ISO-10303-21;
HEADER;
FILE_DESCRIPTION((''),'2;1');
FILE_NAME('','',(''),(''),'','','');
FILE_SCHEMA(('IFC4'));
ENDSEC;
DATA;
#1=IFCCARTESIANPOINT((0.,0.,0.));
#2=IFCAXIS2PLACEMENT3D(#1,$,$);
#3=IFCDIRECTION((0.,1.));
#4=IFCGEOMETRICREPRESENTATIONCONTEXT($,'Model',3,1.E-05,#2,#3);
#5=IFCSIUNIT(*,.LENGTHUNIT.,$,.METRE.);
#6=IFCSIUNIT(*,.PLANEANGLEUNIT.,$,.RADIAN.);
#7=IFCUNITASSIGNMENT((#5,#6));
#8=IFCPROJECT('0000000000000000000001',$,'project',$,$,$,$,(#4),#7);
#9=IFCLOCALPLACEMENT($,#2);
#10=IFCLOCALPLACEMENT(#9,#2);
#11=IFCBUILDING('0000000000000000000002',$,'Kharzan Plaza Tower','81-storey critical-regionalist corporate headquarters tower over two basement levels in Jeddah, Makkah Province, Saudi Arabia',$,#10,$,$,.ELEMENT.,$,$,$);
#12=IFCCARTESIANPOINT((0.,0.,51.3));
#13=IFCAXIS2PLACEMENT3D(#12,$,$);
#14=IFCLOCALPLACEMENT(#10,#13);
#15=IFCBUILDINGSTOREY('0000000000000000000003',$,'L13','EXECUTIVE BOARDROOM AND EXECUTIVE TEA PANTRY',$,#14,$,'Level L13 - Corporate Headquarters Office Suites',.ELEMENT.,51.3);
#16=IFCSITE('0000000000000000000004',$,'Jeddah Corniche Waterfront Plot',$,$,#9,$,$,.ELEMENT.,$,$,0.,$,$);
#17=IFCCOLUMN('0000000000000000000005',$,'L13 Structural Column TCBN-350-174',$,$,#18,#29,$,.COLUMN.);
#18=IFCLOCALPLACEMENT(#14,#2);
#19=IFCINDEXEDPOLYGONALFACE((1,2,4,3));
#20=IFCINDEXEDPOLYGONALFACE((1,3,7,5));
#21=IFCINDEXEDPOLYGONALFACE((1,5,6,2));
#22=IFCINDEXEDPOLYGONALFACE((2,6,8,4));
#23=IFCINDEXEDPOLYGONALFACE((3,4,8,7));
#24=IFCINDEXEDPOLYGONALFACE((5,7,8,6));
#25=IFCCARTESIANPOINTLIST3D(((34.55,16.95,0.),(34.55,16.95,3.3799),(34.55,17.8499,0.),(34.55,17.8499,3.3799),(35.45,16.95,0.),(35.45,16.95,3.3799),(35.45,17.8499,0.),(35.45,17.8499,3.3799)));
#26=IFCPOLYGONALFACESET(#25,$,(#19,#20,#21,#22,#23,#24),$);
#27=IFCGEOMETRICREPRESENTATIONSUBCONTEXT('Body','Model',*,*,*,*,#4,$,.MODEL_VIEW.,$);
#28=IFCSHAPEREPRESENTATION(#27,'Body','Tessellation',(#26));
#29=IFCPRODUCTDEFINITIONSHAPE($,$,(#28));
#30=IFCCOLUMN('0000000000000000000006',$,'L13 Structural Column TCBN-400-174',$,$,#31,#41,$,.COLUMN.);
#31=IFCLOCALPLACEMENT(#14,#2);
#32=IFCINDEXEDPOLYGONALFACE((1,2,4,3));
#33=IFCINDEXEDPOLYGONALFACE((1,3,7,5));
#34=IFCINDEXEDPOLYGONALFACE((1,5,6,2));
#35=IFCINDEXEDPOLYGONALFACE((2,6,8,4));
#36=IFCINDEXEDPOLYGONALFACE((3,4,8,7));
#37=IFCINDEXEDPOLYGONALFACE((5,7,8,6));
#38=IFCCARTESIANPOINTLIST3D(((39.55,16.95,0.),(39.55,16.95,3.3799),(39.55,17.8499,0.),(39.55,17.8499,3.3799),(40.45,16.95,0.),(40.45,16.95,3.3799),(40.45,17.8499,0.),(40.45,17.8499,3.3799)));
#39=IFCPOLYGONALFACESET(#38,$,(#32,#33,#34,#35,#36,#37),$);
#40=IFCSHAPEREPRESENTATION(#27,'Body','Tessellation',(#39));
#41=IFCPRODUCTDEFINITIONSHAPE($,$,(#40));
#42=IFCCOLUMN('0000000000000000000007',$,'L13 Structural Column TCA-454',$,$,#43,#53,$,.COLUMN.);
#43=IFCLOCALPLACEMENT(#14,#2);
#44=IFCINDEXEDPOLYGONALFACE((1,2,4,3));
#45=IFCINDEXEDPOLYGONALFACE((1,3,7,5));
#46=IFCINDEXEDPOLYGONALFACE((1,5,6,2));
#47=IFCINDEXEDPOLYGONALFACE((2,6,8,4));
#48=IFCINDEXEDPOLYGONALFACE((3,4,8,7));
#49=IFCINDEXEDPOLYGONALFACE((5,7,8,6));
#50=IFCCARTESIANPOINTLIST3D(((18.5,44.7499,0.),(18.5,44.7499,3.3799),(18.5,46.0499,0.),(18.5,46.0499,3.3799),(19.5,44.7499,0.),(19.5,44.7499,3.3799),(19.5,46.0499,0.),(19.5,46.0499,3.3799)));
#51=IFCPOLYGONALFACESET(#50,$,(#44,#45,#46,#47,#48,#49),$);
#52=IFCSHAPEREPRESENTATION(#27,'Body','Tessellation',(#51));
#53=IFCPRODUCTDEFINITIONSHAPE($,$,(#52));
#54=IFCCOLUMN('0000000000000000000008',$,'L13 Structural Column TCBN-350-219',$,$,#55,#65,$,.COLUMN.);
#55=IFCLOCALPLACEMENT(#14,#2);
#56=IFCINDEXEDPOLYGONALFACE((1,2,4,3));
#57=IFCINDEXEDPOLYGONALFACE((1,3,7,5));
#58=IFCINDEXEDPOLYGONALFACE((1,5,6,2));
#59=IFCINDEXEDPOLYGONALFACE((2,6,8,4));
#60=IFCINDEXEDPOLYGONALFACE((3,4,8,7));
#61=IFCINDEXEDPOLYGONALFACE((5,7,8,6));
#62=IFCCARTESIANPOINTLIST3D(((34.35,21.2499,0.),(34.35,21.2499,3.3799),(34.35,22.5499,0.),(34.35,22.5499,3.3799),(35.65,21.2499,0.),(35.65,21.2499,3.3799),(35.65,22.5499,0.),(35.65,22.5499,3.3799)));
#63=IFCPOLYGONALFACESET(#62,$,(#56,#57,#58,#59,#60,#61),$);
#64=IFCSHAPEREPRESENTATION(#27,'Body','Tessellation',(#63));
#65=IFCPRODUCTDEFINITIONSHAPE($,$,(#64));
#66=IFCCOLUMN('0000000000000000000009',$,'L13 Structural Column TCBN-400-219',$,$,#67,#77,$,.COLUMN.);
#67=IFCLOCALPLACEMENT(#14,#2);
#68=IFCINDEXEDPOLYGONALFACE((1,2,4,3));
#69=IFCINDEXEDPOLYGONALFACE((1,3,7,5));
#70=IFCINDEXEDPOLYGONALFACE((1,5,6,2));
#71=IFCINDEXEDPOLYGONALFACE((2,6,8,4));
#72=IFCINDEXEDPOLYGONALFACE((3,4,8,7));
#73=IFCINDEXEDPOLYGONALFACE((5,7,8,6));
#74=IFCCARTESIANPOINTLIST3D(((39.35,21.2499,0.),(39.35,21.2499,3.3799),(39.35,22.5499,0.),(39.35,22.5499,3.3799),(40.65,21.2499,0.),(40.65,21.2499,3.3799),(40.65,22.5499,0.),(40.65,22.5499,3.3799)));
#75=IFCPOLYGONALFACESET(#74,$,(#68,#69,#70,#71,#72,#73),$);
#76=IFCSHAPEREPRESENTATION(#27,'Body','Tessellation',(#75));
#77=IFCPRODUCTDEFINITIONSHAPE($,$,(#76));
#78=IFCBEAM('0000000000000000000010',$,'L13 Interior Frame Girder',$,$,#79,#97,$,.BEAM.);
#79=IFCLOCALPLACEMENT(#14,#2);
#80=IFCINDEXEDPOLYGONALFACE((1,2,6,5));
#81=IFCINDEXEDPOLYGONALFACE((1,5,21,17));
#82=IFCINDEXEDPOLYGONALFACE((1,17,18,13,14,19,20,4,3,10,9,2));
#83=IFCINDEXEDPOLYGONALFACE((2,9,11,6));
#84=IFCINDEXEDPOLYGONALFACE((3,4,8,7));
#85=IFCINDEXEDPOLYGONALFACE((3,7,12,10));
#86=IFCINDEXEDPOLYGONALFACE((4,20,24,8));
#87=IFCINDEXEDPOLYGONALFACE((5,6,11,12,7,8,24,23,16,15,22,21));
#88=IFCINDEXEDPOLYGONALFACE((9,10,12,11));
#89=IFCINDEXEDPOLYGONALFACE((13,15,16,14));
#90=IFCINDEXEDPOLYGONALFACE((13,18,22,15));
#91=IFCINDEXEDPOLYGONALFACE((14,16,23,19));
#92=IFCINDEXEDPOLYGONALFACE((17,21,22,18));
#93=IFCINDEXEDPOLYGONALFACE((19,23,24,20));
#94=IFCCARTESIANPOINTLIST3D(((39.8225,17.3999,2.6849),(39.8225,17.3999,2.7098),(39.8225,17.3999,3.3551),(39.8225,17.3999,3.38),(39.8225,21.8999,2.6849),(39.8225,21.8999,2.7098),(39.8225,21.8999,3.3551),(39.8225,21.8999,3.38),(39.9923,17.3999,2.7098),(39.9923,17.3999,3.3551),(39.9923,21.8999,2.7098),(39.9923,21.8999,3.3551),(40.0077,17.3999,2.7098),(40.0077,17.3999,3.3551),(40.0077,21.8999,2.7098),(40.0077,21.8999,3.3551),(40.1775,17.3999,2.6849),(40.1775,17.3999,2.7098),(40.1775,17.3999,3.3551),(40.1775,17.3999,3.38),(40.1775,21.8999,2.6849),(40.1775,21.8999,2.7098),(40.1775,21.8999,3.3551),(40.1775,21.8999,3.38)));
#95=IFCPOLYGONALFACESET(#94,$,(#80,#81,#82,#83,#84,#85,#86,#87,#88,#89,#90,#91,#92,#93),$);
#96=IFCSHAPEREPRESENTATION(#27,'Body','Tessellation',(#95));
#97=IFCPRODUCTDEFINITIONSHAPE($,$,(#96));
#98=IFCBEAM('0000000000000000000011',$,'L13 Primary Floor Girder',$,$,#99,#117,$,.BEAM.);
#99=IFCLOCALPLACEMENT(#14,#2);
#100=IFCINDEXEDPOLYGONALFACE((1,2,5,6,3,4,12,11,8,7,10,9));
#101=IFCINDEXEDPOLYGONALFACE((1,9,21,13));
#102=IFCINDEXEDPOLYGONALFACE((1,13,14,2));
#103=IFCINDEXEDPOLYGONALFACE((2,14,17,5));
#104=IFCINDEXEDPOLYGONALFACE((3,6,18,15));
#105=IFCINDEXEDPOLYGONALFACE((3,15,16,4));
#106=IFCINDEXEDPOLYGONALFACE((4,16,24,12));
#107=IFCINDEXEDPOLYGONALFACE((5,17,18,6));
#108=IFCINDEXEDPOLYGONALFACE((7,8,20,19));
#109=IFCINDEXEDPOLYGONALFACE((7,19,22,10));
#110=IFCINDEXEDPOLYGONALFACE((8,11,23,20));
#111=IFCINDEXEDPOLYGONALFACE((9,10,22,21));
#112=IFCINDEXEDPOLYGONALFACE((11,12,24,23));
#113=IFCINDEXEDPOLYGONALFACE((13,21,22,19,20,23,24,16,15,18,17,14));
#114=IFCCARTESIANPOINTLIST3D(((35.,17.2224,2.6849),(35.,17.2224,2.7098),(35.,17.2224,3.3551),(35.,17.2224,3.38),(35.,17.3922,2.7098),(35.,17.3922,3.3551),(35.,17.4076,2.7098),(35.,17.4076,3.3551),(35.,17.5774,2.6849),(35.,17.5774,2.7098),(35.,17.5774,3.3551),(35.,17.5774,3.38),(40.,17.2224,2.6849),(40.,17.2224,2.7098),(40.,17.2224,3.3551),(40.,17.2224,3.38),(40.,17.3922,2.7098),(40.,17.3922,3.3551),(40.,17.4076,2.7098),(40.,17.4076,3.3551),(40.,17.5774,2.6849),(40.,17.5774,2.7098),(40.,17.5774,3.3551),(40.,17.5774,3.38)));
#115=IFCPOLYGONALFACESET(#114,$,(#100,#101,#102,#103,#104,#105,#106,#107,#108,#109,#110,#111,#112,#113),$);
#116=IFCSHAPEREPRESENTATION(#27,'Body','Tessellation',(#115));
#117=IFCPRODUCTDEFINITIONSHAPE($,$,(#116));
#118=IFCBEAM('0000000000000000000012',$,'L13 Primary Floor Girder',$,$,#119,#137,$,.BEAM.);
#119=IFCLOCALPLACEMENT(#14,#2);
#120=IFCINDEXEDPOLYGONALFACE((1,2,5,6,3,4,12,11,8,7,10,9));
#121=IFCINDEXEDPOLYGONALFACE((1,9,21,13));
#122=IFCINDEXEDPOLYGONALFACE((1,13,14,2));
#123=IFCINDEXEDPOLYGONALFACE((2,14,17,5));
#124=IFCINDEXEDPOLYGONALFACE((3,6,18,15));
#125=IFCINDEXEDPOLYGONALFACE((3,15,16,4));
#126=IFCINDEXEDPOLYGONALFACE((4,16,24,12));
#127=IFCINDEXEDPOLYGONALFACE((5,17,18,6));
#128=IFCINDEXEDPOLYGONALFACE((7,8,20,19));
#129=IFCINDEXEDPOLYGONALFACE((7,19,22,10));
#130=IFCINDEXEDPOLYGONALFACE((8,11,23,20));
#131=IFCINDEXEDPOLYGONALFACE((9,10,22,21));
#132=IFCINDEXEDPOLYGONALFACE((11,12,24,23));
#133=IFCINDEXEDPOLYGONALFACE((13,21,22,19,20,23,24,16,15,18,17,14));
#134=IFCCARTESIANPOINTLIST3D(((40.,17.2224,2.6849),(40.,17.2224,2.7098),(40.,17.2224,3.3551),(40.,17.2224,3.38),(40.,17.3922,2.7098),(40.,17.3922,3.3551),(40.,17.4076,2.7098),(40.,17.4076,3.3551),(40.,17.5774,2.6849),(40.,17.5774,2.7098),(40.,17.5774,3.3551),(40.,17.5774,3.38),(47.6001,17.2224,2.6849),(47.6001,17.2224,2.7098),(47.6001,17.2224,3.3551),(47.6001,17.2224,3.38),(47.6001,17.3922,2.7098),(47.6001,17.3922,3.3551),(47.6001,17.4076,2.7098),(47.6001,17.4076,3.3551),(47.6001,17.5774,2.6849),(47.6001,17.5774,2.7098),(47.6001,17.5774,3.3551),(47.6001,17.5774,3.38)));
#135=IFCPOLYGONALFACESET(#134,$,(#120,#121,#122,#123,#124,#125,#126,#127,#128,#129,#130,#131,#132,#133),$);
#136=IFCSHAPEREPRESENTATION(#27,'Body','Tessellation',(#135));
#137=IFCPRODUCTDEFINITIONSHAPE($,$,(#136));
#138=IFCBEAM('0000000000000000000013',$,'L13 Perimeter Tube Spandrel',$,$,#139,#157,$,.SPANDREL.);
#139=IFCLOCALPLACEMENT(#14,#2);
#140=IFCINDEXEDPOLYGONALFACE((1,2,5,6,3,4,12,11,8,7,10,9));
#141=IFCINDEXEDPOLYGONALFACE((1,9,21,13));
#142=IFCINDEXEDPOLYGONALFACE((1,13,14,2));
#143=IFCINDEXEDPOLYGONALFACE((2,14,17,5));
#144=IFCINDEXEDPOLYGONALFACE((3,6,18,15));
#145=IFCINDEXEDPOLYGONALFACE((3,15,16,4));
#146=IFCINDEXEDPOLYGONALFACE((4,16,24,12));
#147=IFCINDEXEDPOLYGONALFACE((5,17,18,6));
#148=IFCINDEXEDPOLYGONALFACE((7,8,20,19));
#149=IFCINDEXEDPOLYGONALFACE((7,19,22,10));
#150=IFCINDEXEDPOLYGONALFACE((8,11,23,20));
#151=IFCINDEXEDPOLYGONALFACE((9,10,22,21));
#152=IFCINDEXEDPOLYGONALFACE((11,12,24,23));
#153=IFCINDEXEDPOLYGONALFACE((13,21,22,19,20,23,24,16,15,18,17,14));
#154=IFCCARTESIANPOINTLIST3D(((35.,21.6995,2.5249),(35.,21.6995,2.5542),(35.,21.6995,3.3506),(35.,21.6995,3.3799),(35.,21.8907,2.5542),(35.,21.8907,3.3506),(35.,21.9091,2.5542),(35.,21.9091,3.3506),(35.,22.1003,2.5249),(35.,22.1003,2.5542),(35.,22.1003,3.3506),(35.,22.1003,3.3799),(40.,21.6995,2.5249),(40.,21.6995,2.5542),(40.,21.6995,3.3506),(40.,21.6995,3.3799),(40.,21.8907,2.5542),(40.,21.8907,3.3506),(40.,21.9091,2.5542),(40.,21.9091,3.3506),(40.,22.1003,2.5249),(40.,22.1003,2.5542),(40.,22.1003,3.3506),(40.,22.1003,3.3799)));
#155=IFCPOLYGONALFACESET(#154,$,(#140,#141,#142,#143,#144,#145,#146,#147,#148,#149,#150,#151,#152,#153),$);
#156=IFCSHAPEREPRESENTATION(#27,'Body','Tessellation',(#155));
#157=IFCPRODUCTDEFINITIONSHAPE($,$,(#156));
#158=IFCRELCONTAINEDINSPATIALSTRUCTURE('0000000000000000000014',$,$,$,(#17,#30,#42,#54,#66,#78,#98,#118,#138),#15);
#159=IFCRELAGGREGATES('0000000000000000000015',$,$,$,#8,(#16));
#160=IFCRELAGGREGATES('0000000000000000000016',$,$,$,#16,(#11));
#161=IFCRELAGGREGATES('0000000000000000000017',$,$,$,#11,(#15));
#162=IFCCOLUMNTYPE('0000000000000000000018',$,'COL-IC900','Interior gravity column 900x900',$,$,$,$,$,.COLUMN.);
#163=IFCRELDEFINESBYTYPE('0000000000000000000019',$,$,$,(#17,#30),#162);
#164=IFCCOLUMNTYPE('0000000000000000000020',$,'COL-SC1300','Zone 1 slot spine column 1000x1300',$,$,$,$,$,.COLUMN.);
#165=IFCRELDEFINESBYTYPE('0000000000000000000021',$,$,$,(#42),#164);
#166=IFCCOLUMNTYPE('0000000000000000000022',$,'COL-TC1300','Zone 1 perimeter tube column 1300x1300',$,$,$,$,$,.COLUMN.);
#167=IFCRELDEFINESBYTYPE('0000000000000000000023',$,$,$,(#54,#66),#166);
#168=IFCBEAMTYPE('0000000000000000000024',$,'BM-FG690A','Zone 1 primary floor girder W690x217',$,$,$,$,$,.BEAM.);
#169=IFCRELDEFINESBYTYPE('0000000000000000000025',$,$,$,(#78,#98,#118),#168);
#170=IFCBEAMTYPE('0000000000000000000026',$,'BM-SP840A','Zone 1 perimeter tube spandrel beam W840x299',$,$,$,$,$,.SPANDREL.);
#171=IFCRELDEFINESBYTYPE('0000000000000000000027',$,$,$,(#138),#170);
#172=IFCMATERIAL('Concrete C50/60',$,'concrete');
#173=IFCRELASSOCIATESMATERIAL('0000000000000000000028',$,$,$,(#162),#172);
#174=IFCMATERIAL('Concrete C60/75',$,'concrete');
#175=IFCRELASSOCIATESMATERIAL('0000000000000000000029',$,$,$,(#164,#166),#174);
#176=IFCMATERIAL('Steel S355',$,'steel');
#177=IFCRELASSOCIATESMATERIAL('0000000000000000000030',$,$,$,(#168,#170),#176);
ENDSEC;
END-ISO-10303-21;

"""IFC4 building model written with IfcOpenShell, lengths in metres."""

from ifc_helpers import new_model, si_unit, direction, frame, origin, origin_2d, place, context, subcontext, project, spatial, rectangle, i_section, extrude, source, transform, mapped, material, material_profile, profile_set, type_object, element, save


model = new_model("IFC4")

# Units and contexts
model_context = context("Model", 3, precision=1e-05, world=origin(), true_north=direction((0.0, 1.0)))
body_context = subcontext(model_context, "Body", "Model", "MODEL_VIEW")
ifc_project = project(units=[si_unit("LENGTHUNIT", "METRE"), si_unit("PLANEANGLEUNIT", "RADIAN")], contexts=[model_context])

# Site, building, storey
site_placement = place(None, origin())
site = spatial("IfcSite", under=ifc_project, at=site_placement, Name="Jeddah Corniche Waterfront Plot", CompositionType="ELEMENT", RefElevation=0.0)
building_placement = place(site_placement, origin())
building = spatial("IfcBuilding", under=site, at=building_placement, Name="Kharzan Plaza Tower", Description="81-storey critical-regionalist corporate headquarters tower over two basement levels in Jeddah, Makkah Province, Saudi Arabia", CompositionType="ELEMENT")
storey_placement = place(building_placement, frame((0.0, 0.0, 51.3)))
storey = spatial("IfcBuildingStorey", under=building, at=storey_placement, Name="L13", Description="EXECUTIVE BOARDROOM AND EXECUTIVE TEA PANTRY", LongName="Level L13 - Corporate Headquarters Office Suites", CompositionType="ELEMENT", Elevation=51.3)

# Columns
ifc_material_1 = material(Name="Concrete C50/60", Category="concrete")
ifc_material_profile_1 = material_profile(ifc_material_1, rectangle(XDim=0.8999, YDim=0.8999, at=origin_2d()), Name="RC-IC900x900")
ifc_profile_set_1 = profile_set([ifc_material_profile_1], Name="Concrete C50/60")
column_type_1 = type_object("IfcColumnType", Name="COL-IC900", Description="Interior gravity column 900x900", PredefinedType="COLUMN", material=ifc_profile_set_1)
shared_shape_1 = source(origin(), body_context, "Body", "SweptSolid", [
    extrude(rectangle(XDim=0.8999, YDim=0.8999, at=origin_2d()), origin(), (0.0, 0.0, 1.0), 3.3799),
])
for number, where, z_axis, x_axis, name in (
    (1, (35.0, 17.3999, 0.0), (0.0, 0.0, 1.0), (1.0, 0.0, 0.0), "L13 Structural Column TCBN-350-174"),
    (2, (40.0, 17.3999, 0.0), (0.0, 0.0, 1.0), (1.0, 0.0, 0.0), "L13 Structural Column TCBN-400-174"),
):
    element("IfcColumn", number, at=place(storey_placement, frame(where, z_axis=z_axis, x_axis=x_axis)), inside=storey, type_object=column_type_1, Name=name, PredefinedType="COLUMN", context=body_context, shape_type="MappedRepresentation", body=[
        mapped(shared_shape_1, transform((0.0, 0.0, 0.0), x_axis=(1.0, 0.0, 0.0), y_axis=(0.0, 1.0, 0.0), z_axis=(0.0, 0.0, 1.0))),
    ])
ifc_material_2 = material(Name="Concrete C60/75", Category="concrete")
ifc_material_profile_2 = material_profile(ifc_material_2, rectangle(XDim=1.0, YDim=1.3, at=origin_2d()), Name="RC-SC1300x1000")
ifc_profile_set_2 = profile_set([ifc_material_profile_2], Name="Concrete C60/75")
column_type_2 = type_object("IfcColumnType", Name="COL-SC1300", Description="Zone 1 slot spine column 1000x1300", PredefinedType="COLUMN", material=ifc_profile_set_2)
shared_shape_2 = source(origin(), body_context, "Body", "SweptSolid", [
    extrude(rectangle(XDim=1.0, YDim=1.3, at=origin_2d()), origin(), (0.0, 0.0, 1.0), 3.3799),
])
column_placement = place(storey_placement, frame((19.0, 45.3999, 0.0), z_axis=(0.0, 0.0, 1.0), x_axis=(1.0, 0.0, 0.0)))
element("IfcColumn", 3, at=column_placement, inside=storey, type_object=column_type_2, Name="L13 Structural Column TCA-454", PredefinedType="COLUMN", context=body_context, shape_type="MappedRepresentation", body=[
    mapped(shared_shape_2, transform((0.0, 0.0, 0.0), x_axis=(1.0, 0.0, 0.0), y_axis=(0.0, 1.0, 0.0), z_axis=(0.0, 0.0, 1.0))),
])
ifc_material_profile_3 = material_profile(ifc_material_2, rectangle(XDim=1.3, YDim=1.3, at=origin_2d()), Name="RC-TC1300x1300")
ifc_profile_set_3 = profile_set([ifc_material_profile_3], Name="Concrete C60/75")
column_type_3 = type_object("IfcColumnType", Name="COL-TC1300", Description="Zone 1 perimeter tube column 1300x1300", PredefinedType="COLUMN", material=ifc_profile_set_3)
shared_shape_3 = source(origin(), body_context, "Body", "SweptSolid", [
    extrude(rectangle(XDim=1.3, YDim=1.3, at=origin_2d()), origin(), (0.0, 0.0, 1.0), 3.3799),
])
for number, where, z_axis, x_axis, name in (
    (4, (35.0, 21.8999, 0.0), (0.0, 0.0, 1.0), (1.0, 0.0, 0.0), "L13 Structural Column TCBN-350-219"),
    (5, (40.0, 21.8999, 0.0), (0.0, 0.0, 1.0), (1.0, 0.0, 0.0), "L13 Structural Column TCBN-400-219"),
):
    element("IfcColumn", number, at=place(storey_placement, frame(where, z_axis=z_axis, x_axis=x_axis)), inside=storey, type_object=column_type_3, Name=name, PredefinedType="COLUMN", context=body_context, shape_type="MappedRepresentation", body=[
        mapped(shared_shape_3, transform((0.0, 0.0, 0.0), x_axis=(1.0, 0.0, 0.0), y_axis=(0.0, 1.0, 0.0), z_axis=(0.0, 0.0, 1.0))),
    ])

# Beams
ifc_material_3 = material(Name="Steel S355", Category="steel")
ifc_material_profile_4 = material_profile(ifc_material_3, i_section(OverallWidth=0.355, OverallDepth=0.6951, WebThickness=0.0154, FlangeThickness=0.0249, at=origin_2d()), Name="W690x217")
ifc_profile_set_4 = profile_set([ifc_material_profile_4], Name="Steel S355")
beam_type_1 = type_object("IfcBeamType", Name="BM-FG690A", Description="Zone 1 primary floor girder W690x217", PredefinedType="BEAM", material=ifc_profile_set_4)
shared_shape_4 = source(origin(), body_context, "Body", "SweptSolid", [
    extrude(i_section(OverallWidth=0.355, OverallDepth=0.6951, WebThickness=0.0154, FlangeThickness=0.0249, at=origin_2d()), origin(), (0.0, 0.0, 1.0), 4.5),
])
beam_1_placement = place(storey_placement, frame((40.0, 17.3999, 3.0325), z_axis=(0.0, 1.0, 0.0), x_axis=(-1.0, 0.0, 0.0)))
element("IfcBeam", 6, at=beam_1_placement, inside=storey, type_object=beam_type_1, Name="L13 Interior Frame Girder", PredefinedType="BEAM", context=body_context, shape_type="MappedRepresentation", body=[
    mapped(shared_shape_4, transform((0.0, 0.0, 0.0), x_axis=(1.0, 0.0, 0.0), y_axis=(0.0, 1.0, 0.0), z_axis=(0.0, 0.0, 1.0))),
])
shared_shape_5 = source(origin(), body_context, "Body", "SweptSolid", [
    extrude(i_section(OverallWidth=0.355, OverallDepth=0.6951, WebThickness=0.0154, FlangeThickness=0.0249, at=origin_2d()), origin(), (0.0, 0.0, 1.0), 5.0),
])
beam_2_placement = place(storey_placement, frame((35.0, 17.3999, 3.0325), z_axis=(1.0, 0.0, 0.0), x_axis=(0.0, 1.0, 0.0)))
element("IfcBeam", 7, at=beam_2_placement, inside=storey, type_object=beam_type_1, Name="L13 Primary Floor Girder", PredefinedType="BEAM", context=body_context, shape_type="MappedRepresentation", body=[
    mapped(shared_shape_5, transform((0.0, 0.0, 0.0), x_axis=(1.0, 0.0, 0.0), y_axis=(0.0, 1.0, 0.0), z_axis=(0.0, 0.0, 1.0))),
])
shared_shape_6 = source(origin(), body_context, "Body", "SweptSolid", [
    extrude(i_section(OverallWidth=0.355, OverallDepth=0.6951, WebThickness=0.0154, FlangeThickness=0.0249, at=origin_2d()), origin(), (0.0, 0.0, 1.0), 7.6001),
])
beam_3_placement = place(storey_placement, frame((40.0, 17.3999, 3.0325), z_axis=(1.0, 0.0, 0.0), x_axis=(0.0, 1.0, 0.0)))
element("IfcBeam", 8, at=beam_3_placement, inside=storey, type_object=beam_type_1, Name="L13 Primary Floor Girder", PredefinedType="BEAM", context=body_context, shape_type="MappedRepresentation", body=[
    mapped(shared_shape_6, transform((0.0, 0.0, 0.0), x_axis=(1.0, 0.0, 0.0), y_axis=(0.0, 1.0, 0.0), z_axis=(0.0, 0.0, 1.0))),
])
ifc_material_profile_5 = material_profile(ifc_material_3, i_section(OverallWidth=0.4009, OverallDepth=0.855, WebThickness=0.0183, FlangeThickness=0.0293, at=origin_2d()), Name="W840x299")
ifc_profile_set_5 = profile_set([ifc_material_profile_5], Name="Steel S355")
beam_type_2 = type_object("IfcBeamType", Name="BM-SP840A", Description="Zone 1 perimeter tube spandrel beam W840x299", PredefinedType="SPANDREL", material=ifc_profile_set_5)
shared_shape_7 = source(origin(), body_context, "Body", "SweptSolid", [
    extrude(i_section(OverallWidth=0.4009, OverallDepth=0.855, WebThickness=0.0183, FlangeThickness=0.0293, at=origin_2d()), origin(), (0.0, 0.0, 1.0), 5.0),
])
beam_4_placement = place(storey_placement, frame((35.0, 21.8999, 2.9524), z_axis=(1.0, 0.0, 0.0), x_axis=(0.0, 1.0, 0.0)))
element("IfcBeam", 9, at=beam_4_placement, inside=storey, type_object=beam_type_2, Name="L13 Perimeter Tube Spandrel", PredefinedType="SPANDREL", context=body_context, shape_type="MappedRepresentation", body=[
    mapped(shared_shape_7, transform((0.0, 0.0, 0.0), x_axis=(1.0, 0.0, 0.0), y_axis=(0.0, 1.0, 0.0), z_axis=(0.0, 0.0, 1.0))),
])

save(model, "model.ifc")
